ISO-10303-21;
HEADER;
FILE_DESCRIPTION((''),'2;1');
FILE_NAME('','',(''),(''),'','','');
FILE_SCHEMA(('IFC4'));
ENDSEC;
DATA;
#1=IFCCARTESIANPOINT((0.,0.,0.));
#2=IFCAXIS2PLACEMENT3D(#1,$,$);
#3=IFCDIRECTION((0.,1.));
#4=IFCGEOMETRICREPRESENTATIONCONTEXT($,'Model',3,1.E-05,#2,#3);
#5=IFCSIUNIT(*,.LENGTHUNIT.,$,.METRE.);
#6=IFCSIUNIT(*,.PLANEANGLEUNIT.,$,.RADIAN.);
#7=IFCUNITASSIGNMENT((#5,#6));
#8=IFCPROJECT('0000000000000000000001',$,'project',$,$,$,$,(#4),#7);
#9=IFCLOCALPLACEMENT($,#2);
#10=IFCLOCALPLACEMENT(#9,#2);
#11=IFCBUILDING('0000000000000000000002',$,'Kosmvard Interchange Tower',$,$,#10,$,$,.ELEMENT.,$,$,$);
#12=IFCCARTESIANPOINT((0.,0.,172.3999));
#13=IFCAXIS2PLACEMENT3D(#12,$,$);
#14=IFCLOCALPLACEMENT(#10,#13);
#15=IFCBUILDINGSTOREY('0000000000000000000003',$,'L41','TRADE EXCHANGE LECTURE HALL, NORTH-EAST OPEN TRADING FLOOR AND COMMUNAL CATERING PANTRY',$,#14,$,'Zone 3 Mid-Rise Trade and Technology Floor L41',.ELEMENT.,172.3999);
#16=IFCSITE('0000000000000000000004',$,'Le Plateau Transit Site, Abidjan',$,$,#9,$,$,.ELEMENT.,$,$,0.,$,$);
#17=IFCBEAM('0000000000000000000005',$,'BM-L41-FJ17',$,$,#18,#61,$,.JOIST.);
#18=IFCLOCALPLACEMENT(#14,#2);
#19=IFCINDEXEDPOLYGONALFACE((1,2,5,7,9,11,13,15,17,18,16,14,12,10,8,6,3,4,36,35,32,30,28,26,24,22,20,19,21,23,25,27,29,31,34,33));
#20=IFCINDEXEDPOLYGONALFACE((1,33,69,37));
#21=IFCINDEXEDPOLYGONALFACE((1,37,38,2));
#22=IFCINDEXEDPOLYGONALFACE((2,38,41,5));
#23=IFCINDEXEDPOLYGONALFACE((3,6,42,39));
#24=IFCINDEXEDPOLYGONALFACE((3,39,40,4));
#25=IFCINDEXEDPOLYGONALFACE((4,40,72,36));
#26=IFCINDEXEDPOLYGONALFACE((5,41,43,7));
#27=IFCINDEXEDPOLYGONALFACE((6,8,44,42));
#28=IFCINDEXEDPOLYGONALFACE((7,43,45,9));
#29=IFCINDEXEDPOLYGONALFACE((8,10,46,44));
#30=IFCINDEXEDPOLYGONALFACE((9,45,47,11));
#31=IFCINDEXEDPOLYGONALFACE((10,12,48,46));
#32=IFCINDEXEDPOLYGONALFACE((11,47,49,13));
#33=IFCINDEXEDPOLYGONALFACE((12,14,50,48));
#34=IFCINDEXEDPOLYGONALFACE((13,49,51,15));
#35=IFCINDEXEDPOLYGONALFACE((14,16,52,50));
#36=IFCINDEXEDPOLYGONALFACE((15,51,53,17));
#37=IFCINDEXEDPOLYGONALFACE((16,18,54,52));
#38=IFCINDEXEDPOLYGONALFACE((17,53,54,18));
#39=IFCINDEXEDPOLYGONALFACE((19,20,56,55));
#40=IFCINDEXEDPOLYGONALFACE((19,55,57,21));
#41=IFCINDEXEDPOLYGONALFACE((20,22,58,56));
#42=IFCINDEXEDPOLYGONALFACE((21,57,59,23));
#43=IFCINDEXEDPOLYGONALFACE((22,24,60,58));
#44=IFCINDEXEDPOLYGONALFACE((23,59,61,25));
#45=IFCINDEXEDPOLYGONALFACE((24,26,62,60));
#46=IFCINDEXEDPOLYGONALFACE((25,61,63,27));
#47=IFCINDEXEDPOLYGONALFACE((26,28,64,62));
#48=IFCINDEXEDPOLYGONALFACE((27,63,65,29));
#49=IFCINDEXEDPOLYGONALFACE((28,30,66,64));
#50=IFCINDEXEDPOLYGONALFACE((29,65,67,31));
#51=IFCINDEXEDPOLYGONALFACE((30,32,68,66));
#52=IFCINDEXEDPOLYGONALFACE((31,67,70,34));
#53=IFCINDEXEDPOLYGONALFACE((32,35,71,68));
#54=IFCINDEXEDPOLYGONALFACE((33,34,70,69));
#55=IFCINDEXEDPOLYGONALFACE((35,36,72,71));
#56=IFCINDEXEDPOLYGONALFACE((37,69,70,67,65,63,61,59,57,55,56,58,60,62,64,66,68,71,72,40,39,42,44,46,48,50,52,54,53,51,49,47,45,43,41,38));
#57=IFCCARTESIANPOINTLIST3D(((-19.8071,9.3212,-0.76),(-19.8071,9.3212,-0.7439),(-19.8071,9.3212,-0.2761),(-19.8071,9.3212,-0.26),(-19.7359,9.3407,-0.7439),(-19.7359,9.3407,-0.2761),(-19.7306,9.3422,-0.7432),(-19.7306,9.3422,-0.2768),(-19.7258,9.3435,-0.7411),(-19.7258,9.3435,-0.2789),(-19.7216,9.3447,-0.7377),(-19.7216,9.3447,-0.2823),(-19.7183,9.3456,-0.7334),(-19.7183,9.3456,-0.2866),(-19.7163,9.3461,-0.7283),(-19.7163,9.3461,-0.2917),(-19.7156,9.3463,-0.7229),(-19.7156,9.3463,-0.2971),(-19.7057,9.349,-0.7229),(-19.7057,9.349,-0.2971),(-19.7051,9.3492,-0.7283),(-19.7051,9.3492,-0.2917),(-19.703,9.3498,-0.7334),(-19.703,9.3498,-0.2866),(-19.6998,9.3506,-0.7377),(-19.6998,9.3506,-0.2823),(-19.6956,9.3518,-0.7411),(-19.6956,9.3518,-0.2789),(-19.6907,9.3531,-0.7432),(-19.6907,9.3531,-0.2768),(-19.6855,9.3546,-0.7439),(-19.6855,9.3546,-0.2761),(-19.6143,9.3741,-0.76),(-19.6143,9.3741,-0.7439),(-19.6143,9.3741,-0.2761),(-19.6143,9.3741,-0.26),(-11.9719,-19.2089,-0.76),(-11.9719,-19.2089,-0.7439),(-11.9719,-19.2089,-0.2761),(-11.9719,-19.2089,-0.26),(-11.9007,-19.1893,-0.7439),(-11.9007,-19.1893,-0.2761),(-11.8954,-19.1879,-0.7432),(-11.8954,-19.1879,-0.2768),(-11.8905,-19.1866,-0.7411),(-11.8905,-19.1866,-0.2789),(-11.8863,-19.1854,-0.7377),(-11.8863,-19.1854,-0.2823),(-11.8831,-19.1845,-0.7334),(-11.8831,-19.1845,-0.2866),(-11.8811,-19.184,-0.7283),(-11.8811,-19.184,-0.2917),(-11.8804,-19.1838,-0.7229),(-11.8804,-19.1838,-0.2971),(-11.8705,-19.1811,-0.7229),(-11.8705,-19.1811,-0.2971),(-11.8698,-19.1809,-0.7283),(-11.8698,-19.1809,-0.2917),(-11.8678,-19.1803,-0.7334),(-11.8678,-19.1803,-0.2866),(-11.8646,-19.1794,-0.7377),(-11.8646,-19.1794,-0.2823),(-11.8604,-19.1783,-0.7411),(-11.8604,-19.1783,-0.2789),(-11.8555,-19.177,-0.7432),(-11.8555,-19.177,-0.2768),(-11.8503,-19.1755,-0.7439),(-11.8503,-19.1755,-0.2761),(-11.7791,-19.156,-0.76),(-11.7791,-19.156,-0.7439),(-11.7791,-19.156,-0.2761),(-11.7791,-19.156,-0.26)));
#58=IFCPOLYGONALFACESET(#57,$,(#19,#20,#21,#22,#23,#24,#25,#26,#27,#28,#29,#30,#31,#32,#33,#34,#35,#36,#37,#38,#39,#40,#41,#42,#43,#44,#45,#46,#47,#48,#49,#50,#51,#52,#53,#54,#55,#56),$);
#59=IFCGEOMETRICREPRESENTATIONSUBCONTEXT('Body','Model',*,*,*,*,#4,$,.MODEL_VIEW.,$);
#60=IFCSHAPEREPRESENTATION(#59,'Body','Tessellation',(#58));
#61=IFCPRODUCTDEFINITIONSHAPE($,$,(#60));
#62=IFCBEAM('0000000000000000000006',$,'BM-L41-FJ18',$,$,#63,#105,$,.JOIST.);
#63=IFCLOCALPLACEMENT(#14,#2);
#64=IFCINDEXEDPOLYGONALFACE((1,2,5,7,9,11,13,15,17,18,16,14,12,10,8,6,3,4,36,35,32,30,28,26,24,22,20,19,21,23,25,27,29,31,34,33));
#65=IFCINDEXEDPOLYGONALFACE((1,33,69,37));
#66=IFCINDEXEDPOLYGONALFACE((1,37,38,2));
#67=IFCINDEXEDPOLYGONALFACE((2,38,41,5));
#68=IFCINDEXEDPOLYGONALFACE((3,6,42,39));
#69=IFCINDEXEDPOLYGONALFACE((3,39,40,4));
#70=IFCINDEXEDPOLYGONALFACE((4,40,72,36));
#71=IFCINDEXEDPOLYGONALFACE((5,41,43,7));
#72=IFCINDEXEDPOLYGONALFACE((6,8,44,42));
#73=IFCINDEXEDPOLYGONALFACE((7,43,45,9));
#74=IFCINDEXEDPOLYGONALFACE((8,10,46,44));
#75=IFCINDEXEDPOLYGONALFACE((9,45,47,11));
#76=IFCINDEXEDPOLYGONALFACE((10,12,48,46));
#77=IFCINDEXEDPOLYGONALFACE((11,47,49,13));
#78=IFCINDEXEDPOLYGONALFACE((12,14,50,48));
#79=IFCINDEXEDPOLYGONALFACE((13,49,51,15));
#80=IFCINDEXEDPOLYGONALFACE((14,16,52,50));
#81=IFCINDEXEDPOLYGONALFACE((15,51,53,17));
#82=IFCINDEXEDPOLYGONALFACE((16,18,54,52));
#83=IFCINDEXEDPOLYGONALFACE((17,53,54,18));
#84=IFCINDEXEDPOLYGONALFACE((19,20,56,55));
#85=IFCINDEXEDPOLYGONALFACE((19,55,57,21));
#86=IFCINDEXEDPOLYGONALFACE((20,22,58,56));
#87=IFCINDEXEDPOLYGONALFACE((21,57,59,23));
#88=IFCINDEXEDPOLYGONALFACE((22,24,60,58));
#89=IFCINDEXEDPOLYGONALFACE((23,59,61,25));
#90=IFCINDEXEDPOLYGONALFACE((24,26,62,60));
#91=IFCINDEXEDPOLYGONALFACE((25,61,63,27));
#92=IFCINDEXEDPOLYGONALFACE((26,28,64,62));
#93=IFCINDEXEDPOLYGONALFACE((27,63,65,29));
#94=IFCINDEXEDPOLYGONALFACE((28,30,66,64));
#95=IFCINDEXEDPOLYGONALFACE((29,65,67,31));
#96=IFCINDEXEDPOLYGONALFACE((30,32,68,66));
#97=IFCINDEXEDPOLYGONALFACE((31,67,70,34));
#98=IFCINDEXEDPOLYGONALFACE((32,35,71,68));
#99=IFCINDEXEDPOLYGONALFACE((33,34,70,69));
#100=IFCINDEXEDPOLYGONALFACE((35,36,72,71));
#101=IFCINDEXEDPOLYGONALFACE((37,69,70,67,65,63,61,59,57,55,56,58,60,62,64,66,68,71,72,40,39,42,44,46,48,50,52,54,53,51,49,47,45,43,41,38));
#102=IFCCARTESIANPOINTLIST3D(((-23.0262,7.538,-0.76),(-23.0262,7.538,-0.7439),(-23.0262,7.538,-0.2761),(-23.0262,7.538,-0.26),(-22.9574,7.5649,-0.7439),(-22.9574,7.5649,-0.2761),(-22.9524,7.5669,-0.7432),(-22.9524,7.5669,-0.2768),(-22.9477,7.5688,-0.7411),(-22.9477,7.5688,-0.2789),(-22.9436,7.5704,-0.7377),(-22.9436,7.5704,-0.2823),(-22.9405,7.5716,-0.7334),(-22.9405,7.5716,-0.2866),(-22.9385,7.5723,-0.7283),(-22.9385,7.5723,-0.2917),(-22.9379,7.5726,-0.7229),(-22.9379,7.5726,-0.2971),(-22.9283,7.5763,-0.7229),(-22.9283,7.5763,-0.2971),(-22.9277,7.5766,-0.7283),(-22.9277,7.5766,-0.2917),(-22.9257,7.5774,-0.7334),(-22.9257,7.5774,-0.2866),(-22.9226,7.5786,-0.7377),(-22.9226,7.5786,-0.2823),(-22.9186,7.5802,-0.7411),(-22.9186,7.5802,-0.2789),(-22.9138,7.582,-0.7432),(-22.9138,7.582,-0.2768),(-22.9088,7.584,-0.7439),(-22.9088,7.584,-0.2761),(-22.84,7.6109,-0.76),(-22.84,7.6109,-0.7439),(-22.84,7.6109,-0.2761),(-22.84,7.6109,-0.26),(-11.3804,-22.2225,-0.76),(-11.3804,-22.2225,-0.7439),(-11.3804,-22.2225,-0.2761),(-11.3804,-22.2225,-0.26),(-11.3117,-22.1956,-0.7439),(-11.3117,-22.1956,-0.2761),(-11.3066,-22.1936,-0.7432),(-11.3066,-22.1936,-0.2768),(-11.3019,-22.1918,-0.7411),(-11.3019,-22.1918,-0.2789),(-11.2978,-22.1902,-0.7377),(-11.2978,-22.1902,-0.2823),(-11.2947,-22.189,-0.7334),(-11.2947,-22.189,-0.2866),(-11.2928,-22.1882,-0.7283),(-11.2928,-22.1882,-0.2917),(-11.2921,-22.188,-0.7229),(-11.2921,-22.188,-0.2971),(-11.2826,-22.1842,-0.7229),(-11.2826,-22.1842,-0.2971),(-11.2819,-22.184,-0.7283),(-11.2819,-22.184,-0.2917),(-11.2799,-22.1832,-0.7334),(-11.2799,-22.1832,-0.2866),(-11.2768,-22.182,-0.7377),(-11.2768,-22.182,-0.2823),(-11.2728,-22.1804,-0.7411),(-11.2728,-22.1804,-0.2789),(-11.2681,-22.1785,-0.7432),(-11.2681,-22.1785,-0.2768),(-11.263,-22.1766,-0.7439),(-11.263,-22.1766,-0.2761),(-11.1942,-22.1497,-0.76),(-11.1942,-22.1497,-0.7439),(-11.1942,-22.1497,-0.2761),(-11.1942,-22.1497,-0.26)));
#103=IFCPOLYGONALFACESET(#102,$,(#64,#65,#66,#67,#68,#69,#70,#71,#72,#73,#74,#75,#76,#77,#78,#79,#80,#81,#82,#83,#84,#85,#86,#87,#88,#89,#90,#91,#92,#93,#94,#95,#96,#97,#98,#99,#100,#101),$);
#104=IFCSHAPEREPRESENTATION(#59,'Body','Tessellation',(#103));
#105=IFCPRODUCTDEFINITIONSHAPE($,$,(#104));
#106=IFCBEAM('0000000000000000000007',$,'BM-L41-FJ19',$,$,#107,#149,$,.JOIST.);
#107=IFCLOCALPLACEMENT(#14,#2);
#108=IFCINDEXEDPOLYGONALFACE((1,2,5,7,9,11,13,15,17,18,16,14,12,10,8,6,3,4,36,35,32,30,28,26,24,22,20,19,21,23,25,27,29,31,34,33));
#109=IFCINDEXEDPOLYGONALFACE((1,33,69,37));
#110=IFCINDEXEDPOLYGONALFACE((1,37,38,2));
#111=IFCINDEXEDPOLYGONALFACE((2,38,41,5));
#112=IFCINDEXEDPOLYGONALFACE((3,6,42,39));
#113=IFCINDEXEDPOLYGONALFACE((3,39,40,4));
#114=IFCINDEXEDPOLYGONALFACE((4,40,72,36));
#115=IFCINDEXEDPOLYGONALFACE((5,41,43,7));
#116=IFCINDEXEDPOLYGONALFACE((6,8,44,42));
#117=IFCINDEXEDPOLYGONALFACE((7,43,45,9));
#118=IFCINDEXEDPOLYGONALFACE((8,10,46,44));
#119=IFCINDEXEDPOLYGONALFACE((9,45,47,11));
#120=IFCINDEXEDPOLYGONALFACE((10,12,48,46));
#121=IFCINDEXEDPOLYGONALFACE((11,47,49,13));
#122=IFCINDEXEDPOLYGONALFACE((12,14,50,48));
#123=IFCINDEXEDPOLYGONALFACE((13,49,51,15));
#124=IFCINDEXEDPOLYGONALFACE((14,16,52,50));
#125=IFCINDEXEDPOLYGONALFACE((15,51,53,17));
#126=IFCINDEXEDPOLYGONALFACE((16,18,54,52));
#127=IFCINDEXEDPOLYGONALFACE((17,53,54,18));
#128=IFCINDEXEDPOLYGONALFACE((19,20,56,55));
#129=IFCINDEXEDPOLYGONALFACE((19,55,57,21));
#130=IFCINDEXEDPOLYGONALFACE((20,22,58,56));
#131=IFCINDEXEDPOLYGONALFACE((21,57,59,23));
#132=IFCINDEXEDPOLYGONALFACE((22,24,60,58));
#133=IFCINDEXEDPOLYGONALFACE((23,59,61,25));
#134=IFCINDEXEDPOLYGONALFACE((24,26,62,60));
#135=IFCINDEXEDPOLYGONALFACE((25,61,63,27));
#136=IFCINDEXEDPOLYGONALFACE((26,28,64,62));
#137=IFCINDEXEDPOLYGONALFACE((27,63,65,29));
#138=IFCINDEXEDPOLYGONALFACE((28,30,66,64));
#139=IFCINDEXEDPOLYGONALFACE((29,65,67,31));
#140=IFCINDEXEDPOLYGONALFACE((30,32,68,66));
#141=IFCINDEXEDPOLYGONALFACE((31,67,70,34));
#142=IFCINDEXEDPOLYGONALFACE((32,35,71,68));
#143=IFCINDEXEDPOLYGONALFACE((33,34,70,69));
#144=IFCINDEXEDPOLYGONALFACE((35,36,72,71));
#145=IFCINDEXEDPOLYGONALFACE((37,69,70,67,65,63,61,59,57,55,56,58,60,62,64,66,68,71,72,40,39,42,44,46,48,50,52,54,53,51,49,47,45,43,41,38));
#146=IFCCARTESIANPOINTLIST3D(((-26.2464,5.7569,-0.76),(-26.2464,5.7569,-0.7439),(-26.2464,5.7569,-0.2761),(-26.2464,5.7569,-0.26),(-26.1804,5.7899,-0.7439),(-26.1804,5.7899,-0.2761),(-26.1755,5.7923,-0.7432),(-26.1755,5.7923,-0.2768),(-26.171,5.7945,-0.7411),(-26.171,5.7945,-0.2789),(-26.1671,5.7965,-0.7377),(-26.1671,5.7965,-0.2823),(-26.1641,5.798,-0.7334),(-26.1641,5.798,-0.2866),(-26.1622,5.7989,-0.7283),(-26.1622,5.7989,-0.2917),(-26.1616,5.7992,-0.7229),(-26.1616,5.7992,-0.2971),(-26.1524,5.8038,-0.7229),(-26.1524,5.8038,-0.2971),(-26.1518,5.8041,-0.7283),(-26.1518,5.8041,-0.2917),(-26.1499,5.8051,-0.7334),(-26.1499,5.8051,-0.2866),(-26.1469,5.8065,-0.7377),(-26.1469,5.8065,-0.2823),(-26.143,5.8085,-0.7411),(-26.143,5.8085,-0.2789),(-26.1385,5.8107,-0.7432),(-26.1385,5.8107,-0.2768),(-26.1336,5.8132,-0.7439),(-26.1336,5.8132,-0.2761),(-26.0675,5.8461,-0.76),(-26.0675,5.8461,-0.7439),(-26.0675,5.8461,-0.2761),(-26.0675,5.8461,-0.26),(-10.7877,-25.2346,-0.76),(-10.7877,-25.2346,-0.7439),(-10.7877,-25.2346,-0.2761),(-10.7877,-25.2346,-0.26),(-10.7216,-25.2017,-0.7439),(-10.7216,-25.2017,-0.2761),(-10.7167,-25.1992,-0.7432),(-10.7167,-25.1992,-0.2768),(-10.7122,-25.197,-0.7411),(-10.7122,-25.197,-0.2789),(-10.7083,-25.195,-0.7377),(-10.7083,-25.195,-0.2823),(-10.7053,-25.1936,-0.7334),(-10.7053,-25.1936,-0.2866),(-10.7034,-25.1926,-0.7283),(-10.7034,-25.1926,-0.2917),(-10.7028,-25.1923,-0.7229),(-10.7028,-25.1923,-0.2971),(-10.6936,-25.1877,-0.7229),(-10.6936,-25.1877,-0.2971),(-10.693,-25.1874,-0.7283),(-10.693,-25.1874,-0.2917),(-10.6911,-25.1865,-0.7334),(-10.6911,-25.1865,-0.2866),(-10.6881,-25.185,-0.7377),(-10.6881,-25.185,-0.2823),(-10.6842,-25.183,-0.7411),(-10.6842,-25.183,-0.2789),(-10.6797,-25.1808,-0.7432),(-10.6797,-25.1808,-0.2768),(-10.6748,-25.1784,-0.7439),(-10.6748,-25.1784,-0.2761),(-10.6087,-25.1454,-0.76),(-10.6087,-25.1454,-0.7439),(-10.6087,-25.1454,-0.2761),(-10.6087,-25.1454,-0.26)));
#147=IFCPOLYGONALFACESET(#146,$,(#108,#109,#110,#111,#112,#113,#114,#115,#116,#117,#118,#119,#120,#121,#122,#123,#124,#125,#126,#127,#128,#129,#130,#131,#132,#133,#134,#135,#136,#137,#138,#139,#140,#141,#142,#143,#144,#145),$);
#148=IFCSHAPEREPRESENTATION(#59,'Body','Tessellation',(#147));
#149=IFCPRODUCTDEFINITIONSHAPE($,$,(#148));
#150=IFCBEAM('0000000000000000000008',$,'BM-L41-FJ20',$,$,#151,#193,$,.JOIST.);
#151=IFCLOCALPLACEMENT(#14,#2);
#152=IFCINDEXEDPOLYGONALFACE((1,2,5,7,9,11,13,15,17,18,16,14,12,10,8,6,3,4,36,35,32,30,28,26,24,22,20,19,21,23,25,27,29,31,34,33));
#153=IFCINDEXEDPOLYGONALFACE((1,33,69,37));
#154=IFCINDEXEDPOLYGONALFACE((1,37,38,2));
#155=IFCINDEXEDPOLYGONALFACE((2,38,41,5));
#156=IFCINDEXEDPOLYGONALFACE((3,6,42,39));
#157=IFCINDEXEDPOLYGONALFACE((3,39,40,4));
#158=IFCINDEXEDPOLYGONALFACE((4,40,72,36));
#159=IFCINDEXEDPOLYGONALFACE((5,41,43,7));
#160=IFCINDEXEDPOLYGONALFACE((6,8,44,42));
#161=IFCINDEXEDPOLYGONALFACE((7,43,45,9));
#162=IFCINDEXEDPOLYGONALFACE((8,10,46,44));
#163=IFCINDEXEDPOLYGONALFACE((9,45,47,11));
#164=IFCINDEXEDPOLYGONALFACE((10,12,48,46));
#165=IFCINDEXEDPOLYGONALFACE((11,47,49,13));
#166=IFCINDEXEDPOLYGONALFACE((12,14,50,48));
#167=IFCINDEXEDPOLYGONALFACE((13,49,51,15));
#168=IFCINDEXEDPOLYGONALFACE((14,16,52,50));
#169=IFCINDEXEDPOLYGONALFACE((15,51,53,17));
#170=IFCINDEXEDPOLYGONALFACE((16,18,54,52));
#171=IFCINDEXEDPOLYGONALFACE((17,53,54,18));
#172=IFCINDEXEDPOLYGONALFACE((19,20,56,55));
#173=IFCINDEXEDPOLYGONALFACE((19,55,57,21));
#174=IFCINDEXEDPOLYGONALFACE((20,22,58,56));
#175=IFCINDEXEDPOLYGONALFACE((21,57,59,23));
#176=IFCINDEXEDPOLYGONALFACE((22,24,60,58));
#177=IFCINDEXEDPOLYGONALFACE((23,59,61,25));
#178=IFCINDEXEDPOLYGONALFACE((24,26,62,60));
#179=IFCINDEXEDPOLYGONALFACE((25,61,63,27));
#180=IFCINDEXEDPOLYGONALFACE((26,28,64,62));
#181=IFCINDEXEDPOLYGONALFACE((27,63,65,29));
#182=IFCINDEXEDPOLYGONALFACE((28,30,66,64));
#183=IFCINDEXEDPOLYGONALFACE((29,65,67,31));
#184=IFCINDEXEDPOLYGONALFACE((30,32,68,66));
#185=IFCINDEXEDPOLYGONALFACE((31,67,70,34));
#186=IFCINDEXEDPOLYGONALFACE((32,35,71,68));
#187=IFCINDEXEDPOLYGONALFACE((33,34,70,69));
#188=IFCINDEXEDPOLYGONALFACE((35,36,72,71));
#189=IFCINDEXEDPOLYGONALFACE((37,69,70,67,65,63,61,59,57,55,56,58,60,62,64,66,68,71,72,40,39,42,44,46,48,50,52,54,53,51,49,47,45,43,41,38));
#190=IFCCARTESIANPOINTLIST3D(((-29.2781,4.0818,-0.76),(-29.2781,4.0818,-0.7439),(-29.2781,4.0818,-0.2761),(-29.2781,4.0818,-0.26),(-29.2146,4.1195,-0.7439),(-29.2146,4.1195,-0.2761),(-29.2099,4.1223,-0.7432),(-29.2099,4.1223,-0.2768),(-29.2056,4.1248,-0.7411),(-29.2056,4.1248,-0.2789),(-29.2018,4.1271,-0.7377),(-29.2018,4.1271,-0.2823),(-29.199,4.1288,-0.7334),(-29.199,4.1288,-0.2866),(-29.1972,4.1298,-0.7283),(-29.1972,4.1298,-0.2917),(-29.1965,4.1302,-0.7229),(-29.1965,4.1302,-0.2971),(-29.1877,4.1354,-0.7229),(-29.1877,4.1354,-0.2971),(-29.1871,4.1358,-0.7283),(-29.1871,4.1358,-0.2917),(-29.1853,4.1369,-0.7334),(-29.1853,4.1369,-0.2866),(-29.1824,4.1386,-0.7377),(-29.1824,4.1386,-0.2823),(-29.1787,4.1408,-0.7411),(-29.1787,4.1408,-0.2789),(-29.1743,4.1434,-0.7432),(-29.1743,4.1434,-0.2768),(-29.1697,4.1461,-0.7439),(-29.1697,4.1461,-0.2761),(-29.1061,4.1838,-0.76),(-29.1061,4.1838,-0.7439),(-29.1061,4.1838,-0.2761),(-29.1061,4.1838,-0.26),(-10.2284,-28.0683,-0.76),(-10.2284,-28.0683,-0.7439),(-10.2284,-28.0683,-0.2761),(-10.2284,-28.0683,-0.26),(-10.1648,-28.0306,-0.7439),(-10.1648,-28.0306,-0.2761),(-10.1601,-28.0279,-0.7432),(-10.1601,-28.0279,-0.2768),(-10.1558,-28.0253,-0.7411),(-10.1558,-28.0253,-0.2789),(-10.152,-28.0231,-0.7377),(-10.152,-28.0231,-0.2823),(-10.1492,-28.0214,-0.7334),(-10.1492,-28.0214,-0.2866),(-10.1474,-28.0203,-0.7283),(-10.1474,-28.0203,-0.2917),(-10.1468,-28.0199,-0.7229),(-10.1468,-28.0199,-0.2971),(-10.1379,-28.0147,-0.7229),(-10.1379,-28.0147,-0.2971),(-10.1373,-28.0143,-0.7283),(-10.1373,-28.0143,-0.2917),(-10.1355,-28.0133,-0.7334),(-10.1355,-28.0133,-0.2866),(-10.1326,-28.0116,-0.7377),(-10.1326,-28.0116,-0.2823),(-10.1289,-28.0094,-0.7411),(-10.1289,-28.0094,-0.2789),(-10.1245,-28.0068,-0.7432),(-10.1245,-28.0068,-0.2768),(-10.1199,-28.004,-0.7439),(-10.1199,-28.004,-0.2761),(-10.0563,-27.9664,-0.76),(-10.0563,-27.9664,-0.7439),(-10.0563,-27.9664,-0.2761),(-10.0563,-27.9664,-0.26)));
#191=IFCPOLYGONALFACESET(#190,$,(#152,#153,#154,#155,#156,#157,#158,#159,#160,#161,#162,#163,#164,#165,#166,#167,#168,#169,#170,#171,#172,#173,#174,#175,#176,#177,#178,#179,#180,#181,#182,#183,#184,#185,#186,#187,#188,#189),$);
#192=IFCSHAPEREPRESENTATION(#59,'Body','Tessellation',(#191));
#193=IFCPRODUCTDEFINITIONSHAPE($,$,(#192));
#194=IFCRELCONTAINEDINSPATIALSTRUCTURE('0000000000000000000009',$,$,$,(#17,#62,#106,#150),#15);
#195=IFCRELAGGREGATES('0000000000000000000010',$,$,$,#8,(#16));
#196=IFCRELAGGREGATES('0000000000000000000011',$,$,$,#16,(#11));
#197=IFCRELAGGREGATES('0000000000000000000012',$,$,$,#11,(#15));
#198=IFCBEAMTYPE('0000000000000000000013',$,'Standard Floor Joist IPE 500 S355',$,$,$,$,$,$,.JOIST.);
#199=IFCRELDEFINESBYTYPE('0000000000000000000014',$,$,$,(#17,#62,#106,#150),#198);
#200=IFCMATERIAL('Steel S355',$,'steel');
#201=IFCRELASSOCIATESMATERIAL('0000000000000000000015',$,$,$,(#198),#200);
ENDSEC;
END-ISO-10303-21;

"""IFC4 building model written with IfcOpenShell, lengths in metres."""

from ifc_helpers import new_model, si_unit, direction, frame, origin, origin_2d, place, context, subcontext, project, spatial, i_section, extrude, source, transform, mapped, material, material_profile, profile_set, type_object, element, save


model = new_model("IFC4")

# Units and contexts
model_context = context("Model", 3, precision=1e-05, world=origin(), true_north=direction((0.0, 1.0)))
body_context = subcontext(model_context, "Body", "Model", "MODEL_VIEW")
ifc_project = project(units=[si_unit("LENGTHUNIT", "METRE"), si_unit("PLANEANGLEUNIT", "RADIAN")], contexts=[model_context])

# Site, building, storey
site_placement = place(None, origin())
site = spatial("IfcSite", under=ifc_project, at=site_placement, Name="Le Plateau Transit Site, Abidjan", CompositionType="ELEMENT", RefElevation=0.0)
building_placement = place(site_placement, origin())
building = spatial("IfcBuilding", under=site, at=building_placement, Name="Kosmvard Interchange Tower", CompositionType="ELEMENT")
storey_placement = place(building_placement, frame((0.0, 0.0, 172.3999)))
storey = spatial("IfcBuildingStorey", under=building, at=storey_placement, Name="L41", Description="TRADE EXCHANGE LECTURE HALL, NORTH-EAST OPEN TRADING FLOOR AND COMMUNAL CATERING PANTRY", LongName="Zone 3 Mid-Rise Trade and Technology Floor L41", CompositionType="ELEMENT", Elevation=172.3999)

# Beams
ifc_material_1 = material(Name="Steel S355", Category="steel")
ifc_material_profile_1 = material_profile(ifc_material_1, i_section(OverallWidth=0.2, OverallDepth=0.5, WebThickness=0.0103, FlangeThickness=0.0161, FilletRadius=0.021, at=origin_2d()), Name="IPE 500")
ifc_profile_set_1 = profile_set([ifc_material_profile_1], Name="Steel S355")
beam_type_1 = type_object("IfcBeamType", Name="Standard Floor Joist IPE 500 S355", PredefinedType="JOIST", material=ifc_profile_set_1)
shared_shape_1 = source(origin(), body_context, "Body", "SweptSolid", [
    extrude(i_section(OverallWidth=0.2, OverallDepth=0.5, WebThickness=0.0103, FlangeThickness=0.0161, FilletRadius=0.021, at=origin_2d()), origin(), (0.0, 0.0, 1.0), 29.5864),
])
beam_1_placement = place(storey_placement, frame((-19.7107, 9.3477, -0.51), z_axis=(0.264825, -0.964297, 0.0), x_axis=(0.964297, 0.264825, 0.0)))
element("IfcBeam", 1, at=beam_1_placement, inside=storey, type_object=beam_type_1, Name="BM-L41-FJ17", PredefinedType="JOIST", context=body_context, shape_type="MappedRepresentation", body=[
    mapped(shared_shape_1, transform((0.0, 0.0, 0.0), scale=1.0)),
])
shared_shape_2 = source(origin(), body_context, "Body", "SweptSolid", [
    extrude(i_section(OverallWidth=0.2, OverallDepth=0.5, WebThickness=0.0103, FlangeThickness=0.0161, FilletRadius=0.021, at=origin_2d()), origin(), (0.0, 0.0, 1.0), 31.958),
])
beam_2_placement = place(storey_placement, frame((-22.9331, 7.5745, -0.51), z_axis=(0.364409, -0.931239, 0.0), x_axis=(0.931239, 0.364409, 0.0)))
element("IfcBeam", 2, at=beam_2_placement, inside=storey, type_object=beam_type_1, Name="BM-L41-FJ18", PredefinedType="JOIST", context=body_context, shape_type="MappedRepresentation", body=[
    mapped(shared_shape_2, transform((0.0, 0.0, 0.0), scale=1.0)),
])
shared_shape_3 = source(origin(), body_context, "Body", "SweptSolid", [
    extrude(i_section(OverallWidth=0.2, OverallDepth=0.5, WebThickness=0.0103, FlangeThickness=0.0161, FilletRadius=0.021, at=origin_2d()), origin(), (0.0, 0.0, 1.0), 34.6331),
])
beam_3_placement = place(storey_placement, frame((-26.157, 5.8015, -0.51), z_axis=(0.446359, -0.894854, 0.0), x_axis=(0.894854, 0.446359, 0.0)))
element("IfcBeam", 3, at=beam_3_placement, inside=storey, type_object=beam_type_1, Name="BM-L41-FJ19", PredefinedType="JOIST", context=body_context, shape_type="MappedRepresentation", body=[
    mapped(shared_shape_3, transform((0.0, 0.0, 0.0), scale=1.0)),
])
shared_shape_4 = source(origin(), body_context, "Body", "SweptSolid", [
    extrude(i_section(OverallWidth=0.2, OverallDepth=0.5, WebThickness=0.0103, FlangeThickness=0.0161, FilletRadius=0.021, at=origin_2d()), origin(), (0.0, 0.0, 1.0), 37.3701),
])
beam_4_placement = place(storey_placement, frame((-29.1921, 4.1328, -0.51), z_axis=(0.50976, -0.860317, 0.0), x_axis=(0.860317, 0.50976, 0.0)))
element("IfcBeam", 4, at=beam_4_placement, inside=storey, type_object=beam_type_1, Name="BM-L41-FJ20", PredefinedType="JOIST", context=body_context, shape_type="MappedRepresentation", body=[
    mapped(shared_shape_4, transform((0.0, 0.0, 0.0), scale=1.0)),
])

save(model, "model.ifc")
